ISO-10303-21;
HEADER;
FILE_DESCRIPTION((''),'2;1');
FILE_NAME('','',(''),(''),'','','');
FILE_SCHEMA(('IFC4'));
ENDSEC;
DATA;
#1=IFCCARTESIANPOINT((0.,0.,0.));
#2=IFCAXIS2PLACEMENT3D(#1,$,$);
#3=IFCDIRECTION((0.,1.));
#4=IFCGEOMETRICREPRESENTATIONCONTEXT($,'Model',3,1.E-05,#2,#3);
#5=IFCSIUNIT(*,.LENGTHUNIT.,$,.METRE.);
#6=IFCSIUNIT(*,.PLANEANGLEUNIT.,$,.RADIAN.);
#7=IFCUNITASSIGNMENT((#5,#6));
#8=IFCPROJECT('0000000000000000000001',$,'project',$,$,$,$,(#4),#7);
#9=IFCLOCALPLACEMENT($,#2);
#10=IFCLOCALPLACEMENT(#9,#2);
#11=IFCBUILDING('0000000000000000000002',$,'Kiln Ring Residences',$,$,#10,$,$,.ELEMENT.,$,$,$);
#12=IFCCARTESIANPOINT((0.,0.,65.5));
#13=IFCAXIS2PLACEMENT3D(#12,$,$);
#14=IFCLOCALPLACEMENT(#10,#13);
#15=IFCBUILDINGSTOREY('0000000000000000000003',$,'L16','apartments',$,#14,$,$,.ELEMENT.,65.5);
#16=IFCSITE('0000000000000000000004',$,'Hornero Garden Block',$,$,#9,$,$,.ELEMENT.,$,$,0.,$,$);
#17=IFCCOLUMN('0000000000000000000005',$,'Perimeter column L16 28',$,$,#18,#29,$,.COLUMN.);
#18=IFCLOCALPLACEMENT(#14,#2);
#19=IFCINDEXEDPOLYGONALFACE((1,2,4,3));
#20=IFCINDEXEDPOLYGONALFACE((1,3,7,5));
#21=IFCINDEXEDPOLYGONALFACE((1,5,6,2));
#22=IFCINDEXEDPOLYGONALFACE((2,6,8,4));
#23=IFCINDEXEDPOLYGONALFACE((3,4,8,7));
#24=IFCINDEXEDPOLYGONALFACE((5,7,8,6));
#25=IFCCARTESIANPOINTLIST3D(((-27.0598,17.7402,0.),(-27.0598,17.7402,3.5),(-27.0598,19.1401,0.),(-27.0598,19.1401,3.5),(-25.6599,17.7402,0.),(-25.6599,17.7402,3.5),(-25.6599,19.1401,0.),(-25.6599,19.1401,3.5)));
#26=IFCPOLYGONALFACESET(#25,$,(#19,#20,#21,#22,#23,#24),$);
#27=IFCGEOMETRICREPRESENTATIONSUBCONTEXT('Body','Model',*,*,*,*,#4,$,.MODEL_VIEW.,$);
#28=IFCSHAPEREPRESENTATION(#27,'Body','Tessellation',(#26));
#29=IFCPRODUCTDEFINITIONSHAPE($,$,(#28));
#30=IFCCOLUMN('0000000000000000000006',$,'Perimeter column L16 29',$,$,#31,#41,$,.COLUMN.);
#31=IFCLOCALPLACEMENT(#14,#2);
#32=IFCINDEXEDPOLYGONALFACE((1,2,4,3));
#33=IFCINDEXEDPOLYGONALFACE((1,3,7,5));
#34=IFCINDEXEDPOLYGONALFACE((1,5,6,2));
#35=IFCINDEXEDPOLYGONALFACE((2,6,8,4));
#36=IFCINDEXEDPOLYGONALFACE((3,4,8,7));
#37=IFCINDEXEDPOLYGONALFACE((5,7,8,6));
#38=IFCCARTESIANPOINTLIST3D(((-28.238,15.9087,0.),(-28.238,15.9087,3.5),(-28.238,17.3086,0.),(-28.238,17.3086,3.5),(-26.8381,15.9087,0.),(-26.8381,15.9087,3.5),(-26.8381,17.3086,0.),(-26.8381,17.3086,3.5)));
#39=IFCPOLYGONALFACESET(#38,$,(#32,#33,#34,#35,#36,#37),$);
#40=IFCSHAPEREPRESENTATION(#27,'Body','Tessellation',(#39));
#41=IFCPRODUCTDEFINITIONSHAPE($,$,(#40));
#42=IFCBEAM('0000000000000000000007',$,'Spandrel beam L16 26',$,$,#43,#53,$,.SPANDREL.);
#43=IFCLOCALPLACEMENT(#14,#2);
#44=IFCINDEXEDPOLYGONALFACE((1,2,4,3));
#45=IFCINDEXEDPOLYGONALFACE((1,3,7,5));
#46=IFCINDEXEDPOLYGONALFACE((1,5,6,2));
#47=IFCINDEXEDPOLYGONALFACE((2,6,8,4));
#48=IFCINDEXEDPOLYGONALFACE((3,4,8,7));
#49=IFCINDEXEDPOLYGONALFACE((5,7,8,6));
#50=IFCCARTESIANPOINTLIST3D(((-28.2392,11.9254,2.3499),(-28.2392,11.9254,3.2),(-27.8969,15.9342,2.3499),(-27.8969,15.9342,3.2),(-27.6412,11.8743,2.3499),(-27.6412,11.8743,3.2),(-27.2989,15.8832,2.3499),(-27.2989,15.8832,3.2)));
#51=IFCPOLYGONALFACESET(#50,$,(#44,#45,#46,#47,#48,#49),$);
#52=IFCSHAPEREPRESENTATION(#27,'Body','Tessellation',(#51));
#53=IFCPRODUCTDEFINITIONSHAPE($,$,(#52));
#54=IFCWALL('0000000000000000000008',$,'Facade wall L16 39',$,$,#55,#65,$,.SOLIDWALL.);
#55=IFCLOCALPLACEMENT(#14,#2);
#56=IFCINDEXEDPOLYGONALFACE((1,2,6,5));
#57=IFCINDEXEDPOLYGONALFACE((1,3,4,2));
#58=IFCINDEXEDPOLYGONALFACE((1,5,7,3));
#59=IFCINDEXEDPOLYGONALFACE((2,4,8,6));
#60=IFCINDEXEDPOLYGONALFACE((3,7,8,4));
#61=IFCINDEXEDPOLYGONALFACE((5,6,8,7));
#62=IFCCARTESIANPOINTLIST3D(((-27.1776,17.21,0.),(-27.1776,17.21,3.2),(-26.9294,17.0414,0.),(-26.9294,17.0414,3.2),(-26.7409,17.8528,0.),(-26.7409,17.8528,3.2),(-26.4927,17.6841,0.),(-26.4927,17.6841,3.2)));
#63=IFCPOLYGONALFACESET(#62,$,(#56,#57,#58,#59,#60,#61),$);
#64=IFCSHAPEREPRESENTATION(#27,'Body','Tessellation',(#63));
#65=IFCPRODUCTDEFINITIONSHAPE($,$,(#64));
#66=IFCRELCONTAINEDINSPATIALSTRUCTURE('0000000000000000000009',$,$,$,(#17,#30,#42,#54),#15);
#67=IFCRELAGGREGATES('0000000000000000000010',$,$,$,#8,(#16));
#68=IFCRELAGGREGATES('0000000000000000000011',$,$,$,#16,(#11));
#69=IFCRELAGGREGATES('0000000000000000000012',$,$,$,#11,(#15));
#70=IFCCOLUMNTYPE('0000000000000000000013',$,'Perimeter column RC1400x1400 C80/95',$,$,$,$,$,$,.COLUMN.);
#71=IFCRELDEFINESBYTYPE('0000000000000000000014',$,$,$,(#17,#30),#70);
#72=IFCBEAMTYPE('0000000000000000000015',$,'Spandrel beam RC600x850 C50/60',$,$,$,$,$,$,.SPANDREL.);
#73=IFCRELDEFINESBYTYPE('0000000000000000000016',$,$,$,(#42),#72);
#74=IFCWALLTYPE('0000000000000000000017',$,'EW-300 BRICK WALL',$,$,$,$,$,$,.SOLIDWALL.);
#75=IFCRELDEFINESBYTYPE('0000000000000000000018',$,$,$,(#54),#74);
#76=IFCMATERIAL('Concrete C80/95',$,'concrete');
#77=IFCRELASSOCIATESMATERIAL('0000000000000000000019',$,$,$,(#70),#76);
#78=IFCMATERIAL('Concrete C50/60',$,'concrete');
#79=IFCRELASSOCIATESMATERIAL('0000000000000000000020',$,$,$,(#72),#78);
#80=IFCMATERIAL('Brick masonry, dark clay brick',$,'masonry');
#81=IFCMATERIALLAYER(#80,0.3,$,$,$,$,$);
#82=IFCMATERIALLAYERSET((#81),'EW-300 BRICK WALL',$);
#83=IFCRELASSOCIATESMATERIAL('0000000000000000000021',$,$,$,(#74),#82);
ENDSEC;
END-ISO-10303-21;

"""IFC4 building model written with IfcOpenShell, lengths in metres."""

from ifc_helpers import new_model, si_unit, direction, frame, frame_2d, origin, origin_2d, place, context, subcontext, project, spatial, rectangle, extrude, material, layer, layer_set, material_profile, profile_set, type_object, element, save


model = new_model("IFC4")

# Units and contexts
model_context = context("Model", 3, precision=1e-05, world=origin(), true_north=direction((0.0, 1.0)))
body_context = subcontext(model_context, "Body", "Model", "MODEL_VIEW")
ifc_project = project(units=[si_unit("LENGTHUNIT", "METRE"), si_unit("PLANEANGLEUNIT", "RADIAN")], contexts=[model_context])

# Site, building, storey
site_placement = place(None, origin())
site = spatial("IfcSite", under=ifc_project, at=site_placement, Name="Hornero Garden Block", CompositionType="ELEMENT", RefElevation=0.0)
building_placement = place(site_placement, origin())
building = spatial("IfcBuilding", under=site, at=building_placement, Name="Kiln Ring Residences", CompositionType="ELEMENT")
storey_placement = place(building_placement, frame((0.0, 0.0, 65.5)))
storey = spatial("IfcBuildingStorey", under=building, at=storey_placement, Name="L16", Description="apartments", CompositionType="ELEMENT", Elevation=65.5)

# Columns
ifc_material_1 = material(Name="Concrete C80/95", Category="concrete")
ifc_material_profile_1 = material_profile(ifc_material_1, rectangle(XDim=1.3999, YDim=1.3999, at=origin_2d()), Name="RC1400x1400")
ifc_profile_set_1 = profile_set([ifc_material_profile_1], Name="Concrete C80/95")
column_type = type_object("IfcColumnType", Name="Perimeter column RC1400x1400 C80/95", PredefinedType="COLUMN", material=ifc_profile_set_1)
for number, where, z_axis, x_axis, name in (
    (1, (-26.3599, 18.4402, 0.0), (0.0, 0.0, 1.0), (1.0, 0.0, 0.0), "Perimeter column L16 28"),
    (2, (-27.5381, 16.6086, 0.0), (0.0, 0.0, 1.0), (1.0, 0.0, 0.0), "Perimeter column L16 29"),
):
    element("IfcColumn", number, at=place(storey_placement, frame(where, z_axis=z_axis, x_axis=x_axis)), inside=storey, type_object=column_type, Name=name, PredefinedType="COLUMN", context=body_context, shape_type="SweptSolid", body=[
        extrude(rectangle(XDim=1.3999, YDim=1.3999, at=origin_2d()), origin(), (0.0, 0.0, 1.0), 3.5),
    ])

# Beam
ifc_material_2 = material(Name="Concrete C50/60", Category="concrete")
ifc_material_profile_2 = material_profile(ifc_material_2, rectangle(XDim=0.6001, YDim=0.8501, at=origin_2d()), Name="RC600x850")
ifc_profile_set_2 = profile_set([ifc_material_profile_2], Name="Concrete C50/60")
beam_type = type_object("IfcBeamType", Name="Spandrel beam RC600x850 C50/60", PredefinedType="SPANDREL", material=ifc_profile_set_2)
beam_placement = place(storey_placement, frame((-27.5979, 15.9087, 2.7749), z_axis=(-0.085074, -0.996375, 0.0), x_axis=(0.996375, -0.085074, 0.0)))
element("IfcBeam", 3, at=beam_placement, inside=storey, type_object=beam_type, Name="Spandrel beam L16 26", PredefinedType="SPANDREL", context=body_context, shape_type="SweptSolid", body=[
    extrude(rectangle(XDim=0.6001, YDim=0.8501, at=origin_2d()), origin(), (0.0, 0.0, 1.0), 4.0234),
])

# Wall
ifc_material_3 = material(Name="Brick masonry, dark clay brick", Category="masonry")
ifc_layer_1 = layer(ifc_material_3, 0.3)
ifc_layer_set_1 = layer_set([ifc_layer_1], Name="EW-300 BRICK WALL")
wall_type_1 = type_object("IfcWallType", Name="EW-300 BRICK WALL", PredefinedType="SOLIDWALL", material=ifc_layer_set_1)
wall_1_placement = place(storey_placement, frame((-26.6167, 17.7686, 0.0), z_axis=(0.0, 0.0, 1.0), x_axis=(-0.562001, -0.827137, 0.0)))
element("IfcWall", 4, at=wall_1_placement, inside=storey, type_object=wall_type_1, Name="Facade wall L16 39", PredefinedType="SOLIDWALL", context=body_context, shape_type="SweptSolid", body=[
    extrude(rectangle(XDim=0.7771, YDim=0.3, at=frame_2d((0.3887, 0.0))), origin(), (0.0, 0.0, 1.0), 3.2),
])

save(model, "model.ifc")
